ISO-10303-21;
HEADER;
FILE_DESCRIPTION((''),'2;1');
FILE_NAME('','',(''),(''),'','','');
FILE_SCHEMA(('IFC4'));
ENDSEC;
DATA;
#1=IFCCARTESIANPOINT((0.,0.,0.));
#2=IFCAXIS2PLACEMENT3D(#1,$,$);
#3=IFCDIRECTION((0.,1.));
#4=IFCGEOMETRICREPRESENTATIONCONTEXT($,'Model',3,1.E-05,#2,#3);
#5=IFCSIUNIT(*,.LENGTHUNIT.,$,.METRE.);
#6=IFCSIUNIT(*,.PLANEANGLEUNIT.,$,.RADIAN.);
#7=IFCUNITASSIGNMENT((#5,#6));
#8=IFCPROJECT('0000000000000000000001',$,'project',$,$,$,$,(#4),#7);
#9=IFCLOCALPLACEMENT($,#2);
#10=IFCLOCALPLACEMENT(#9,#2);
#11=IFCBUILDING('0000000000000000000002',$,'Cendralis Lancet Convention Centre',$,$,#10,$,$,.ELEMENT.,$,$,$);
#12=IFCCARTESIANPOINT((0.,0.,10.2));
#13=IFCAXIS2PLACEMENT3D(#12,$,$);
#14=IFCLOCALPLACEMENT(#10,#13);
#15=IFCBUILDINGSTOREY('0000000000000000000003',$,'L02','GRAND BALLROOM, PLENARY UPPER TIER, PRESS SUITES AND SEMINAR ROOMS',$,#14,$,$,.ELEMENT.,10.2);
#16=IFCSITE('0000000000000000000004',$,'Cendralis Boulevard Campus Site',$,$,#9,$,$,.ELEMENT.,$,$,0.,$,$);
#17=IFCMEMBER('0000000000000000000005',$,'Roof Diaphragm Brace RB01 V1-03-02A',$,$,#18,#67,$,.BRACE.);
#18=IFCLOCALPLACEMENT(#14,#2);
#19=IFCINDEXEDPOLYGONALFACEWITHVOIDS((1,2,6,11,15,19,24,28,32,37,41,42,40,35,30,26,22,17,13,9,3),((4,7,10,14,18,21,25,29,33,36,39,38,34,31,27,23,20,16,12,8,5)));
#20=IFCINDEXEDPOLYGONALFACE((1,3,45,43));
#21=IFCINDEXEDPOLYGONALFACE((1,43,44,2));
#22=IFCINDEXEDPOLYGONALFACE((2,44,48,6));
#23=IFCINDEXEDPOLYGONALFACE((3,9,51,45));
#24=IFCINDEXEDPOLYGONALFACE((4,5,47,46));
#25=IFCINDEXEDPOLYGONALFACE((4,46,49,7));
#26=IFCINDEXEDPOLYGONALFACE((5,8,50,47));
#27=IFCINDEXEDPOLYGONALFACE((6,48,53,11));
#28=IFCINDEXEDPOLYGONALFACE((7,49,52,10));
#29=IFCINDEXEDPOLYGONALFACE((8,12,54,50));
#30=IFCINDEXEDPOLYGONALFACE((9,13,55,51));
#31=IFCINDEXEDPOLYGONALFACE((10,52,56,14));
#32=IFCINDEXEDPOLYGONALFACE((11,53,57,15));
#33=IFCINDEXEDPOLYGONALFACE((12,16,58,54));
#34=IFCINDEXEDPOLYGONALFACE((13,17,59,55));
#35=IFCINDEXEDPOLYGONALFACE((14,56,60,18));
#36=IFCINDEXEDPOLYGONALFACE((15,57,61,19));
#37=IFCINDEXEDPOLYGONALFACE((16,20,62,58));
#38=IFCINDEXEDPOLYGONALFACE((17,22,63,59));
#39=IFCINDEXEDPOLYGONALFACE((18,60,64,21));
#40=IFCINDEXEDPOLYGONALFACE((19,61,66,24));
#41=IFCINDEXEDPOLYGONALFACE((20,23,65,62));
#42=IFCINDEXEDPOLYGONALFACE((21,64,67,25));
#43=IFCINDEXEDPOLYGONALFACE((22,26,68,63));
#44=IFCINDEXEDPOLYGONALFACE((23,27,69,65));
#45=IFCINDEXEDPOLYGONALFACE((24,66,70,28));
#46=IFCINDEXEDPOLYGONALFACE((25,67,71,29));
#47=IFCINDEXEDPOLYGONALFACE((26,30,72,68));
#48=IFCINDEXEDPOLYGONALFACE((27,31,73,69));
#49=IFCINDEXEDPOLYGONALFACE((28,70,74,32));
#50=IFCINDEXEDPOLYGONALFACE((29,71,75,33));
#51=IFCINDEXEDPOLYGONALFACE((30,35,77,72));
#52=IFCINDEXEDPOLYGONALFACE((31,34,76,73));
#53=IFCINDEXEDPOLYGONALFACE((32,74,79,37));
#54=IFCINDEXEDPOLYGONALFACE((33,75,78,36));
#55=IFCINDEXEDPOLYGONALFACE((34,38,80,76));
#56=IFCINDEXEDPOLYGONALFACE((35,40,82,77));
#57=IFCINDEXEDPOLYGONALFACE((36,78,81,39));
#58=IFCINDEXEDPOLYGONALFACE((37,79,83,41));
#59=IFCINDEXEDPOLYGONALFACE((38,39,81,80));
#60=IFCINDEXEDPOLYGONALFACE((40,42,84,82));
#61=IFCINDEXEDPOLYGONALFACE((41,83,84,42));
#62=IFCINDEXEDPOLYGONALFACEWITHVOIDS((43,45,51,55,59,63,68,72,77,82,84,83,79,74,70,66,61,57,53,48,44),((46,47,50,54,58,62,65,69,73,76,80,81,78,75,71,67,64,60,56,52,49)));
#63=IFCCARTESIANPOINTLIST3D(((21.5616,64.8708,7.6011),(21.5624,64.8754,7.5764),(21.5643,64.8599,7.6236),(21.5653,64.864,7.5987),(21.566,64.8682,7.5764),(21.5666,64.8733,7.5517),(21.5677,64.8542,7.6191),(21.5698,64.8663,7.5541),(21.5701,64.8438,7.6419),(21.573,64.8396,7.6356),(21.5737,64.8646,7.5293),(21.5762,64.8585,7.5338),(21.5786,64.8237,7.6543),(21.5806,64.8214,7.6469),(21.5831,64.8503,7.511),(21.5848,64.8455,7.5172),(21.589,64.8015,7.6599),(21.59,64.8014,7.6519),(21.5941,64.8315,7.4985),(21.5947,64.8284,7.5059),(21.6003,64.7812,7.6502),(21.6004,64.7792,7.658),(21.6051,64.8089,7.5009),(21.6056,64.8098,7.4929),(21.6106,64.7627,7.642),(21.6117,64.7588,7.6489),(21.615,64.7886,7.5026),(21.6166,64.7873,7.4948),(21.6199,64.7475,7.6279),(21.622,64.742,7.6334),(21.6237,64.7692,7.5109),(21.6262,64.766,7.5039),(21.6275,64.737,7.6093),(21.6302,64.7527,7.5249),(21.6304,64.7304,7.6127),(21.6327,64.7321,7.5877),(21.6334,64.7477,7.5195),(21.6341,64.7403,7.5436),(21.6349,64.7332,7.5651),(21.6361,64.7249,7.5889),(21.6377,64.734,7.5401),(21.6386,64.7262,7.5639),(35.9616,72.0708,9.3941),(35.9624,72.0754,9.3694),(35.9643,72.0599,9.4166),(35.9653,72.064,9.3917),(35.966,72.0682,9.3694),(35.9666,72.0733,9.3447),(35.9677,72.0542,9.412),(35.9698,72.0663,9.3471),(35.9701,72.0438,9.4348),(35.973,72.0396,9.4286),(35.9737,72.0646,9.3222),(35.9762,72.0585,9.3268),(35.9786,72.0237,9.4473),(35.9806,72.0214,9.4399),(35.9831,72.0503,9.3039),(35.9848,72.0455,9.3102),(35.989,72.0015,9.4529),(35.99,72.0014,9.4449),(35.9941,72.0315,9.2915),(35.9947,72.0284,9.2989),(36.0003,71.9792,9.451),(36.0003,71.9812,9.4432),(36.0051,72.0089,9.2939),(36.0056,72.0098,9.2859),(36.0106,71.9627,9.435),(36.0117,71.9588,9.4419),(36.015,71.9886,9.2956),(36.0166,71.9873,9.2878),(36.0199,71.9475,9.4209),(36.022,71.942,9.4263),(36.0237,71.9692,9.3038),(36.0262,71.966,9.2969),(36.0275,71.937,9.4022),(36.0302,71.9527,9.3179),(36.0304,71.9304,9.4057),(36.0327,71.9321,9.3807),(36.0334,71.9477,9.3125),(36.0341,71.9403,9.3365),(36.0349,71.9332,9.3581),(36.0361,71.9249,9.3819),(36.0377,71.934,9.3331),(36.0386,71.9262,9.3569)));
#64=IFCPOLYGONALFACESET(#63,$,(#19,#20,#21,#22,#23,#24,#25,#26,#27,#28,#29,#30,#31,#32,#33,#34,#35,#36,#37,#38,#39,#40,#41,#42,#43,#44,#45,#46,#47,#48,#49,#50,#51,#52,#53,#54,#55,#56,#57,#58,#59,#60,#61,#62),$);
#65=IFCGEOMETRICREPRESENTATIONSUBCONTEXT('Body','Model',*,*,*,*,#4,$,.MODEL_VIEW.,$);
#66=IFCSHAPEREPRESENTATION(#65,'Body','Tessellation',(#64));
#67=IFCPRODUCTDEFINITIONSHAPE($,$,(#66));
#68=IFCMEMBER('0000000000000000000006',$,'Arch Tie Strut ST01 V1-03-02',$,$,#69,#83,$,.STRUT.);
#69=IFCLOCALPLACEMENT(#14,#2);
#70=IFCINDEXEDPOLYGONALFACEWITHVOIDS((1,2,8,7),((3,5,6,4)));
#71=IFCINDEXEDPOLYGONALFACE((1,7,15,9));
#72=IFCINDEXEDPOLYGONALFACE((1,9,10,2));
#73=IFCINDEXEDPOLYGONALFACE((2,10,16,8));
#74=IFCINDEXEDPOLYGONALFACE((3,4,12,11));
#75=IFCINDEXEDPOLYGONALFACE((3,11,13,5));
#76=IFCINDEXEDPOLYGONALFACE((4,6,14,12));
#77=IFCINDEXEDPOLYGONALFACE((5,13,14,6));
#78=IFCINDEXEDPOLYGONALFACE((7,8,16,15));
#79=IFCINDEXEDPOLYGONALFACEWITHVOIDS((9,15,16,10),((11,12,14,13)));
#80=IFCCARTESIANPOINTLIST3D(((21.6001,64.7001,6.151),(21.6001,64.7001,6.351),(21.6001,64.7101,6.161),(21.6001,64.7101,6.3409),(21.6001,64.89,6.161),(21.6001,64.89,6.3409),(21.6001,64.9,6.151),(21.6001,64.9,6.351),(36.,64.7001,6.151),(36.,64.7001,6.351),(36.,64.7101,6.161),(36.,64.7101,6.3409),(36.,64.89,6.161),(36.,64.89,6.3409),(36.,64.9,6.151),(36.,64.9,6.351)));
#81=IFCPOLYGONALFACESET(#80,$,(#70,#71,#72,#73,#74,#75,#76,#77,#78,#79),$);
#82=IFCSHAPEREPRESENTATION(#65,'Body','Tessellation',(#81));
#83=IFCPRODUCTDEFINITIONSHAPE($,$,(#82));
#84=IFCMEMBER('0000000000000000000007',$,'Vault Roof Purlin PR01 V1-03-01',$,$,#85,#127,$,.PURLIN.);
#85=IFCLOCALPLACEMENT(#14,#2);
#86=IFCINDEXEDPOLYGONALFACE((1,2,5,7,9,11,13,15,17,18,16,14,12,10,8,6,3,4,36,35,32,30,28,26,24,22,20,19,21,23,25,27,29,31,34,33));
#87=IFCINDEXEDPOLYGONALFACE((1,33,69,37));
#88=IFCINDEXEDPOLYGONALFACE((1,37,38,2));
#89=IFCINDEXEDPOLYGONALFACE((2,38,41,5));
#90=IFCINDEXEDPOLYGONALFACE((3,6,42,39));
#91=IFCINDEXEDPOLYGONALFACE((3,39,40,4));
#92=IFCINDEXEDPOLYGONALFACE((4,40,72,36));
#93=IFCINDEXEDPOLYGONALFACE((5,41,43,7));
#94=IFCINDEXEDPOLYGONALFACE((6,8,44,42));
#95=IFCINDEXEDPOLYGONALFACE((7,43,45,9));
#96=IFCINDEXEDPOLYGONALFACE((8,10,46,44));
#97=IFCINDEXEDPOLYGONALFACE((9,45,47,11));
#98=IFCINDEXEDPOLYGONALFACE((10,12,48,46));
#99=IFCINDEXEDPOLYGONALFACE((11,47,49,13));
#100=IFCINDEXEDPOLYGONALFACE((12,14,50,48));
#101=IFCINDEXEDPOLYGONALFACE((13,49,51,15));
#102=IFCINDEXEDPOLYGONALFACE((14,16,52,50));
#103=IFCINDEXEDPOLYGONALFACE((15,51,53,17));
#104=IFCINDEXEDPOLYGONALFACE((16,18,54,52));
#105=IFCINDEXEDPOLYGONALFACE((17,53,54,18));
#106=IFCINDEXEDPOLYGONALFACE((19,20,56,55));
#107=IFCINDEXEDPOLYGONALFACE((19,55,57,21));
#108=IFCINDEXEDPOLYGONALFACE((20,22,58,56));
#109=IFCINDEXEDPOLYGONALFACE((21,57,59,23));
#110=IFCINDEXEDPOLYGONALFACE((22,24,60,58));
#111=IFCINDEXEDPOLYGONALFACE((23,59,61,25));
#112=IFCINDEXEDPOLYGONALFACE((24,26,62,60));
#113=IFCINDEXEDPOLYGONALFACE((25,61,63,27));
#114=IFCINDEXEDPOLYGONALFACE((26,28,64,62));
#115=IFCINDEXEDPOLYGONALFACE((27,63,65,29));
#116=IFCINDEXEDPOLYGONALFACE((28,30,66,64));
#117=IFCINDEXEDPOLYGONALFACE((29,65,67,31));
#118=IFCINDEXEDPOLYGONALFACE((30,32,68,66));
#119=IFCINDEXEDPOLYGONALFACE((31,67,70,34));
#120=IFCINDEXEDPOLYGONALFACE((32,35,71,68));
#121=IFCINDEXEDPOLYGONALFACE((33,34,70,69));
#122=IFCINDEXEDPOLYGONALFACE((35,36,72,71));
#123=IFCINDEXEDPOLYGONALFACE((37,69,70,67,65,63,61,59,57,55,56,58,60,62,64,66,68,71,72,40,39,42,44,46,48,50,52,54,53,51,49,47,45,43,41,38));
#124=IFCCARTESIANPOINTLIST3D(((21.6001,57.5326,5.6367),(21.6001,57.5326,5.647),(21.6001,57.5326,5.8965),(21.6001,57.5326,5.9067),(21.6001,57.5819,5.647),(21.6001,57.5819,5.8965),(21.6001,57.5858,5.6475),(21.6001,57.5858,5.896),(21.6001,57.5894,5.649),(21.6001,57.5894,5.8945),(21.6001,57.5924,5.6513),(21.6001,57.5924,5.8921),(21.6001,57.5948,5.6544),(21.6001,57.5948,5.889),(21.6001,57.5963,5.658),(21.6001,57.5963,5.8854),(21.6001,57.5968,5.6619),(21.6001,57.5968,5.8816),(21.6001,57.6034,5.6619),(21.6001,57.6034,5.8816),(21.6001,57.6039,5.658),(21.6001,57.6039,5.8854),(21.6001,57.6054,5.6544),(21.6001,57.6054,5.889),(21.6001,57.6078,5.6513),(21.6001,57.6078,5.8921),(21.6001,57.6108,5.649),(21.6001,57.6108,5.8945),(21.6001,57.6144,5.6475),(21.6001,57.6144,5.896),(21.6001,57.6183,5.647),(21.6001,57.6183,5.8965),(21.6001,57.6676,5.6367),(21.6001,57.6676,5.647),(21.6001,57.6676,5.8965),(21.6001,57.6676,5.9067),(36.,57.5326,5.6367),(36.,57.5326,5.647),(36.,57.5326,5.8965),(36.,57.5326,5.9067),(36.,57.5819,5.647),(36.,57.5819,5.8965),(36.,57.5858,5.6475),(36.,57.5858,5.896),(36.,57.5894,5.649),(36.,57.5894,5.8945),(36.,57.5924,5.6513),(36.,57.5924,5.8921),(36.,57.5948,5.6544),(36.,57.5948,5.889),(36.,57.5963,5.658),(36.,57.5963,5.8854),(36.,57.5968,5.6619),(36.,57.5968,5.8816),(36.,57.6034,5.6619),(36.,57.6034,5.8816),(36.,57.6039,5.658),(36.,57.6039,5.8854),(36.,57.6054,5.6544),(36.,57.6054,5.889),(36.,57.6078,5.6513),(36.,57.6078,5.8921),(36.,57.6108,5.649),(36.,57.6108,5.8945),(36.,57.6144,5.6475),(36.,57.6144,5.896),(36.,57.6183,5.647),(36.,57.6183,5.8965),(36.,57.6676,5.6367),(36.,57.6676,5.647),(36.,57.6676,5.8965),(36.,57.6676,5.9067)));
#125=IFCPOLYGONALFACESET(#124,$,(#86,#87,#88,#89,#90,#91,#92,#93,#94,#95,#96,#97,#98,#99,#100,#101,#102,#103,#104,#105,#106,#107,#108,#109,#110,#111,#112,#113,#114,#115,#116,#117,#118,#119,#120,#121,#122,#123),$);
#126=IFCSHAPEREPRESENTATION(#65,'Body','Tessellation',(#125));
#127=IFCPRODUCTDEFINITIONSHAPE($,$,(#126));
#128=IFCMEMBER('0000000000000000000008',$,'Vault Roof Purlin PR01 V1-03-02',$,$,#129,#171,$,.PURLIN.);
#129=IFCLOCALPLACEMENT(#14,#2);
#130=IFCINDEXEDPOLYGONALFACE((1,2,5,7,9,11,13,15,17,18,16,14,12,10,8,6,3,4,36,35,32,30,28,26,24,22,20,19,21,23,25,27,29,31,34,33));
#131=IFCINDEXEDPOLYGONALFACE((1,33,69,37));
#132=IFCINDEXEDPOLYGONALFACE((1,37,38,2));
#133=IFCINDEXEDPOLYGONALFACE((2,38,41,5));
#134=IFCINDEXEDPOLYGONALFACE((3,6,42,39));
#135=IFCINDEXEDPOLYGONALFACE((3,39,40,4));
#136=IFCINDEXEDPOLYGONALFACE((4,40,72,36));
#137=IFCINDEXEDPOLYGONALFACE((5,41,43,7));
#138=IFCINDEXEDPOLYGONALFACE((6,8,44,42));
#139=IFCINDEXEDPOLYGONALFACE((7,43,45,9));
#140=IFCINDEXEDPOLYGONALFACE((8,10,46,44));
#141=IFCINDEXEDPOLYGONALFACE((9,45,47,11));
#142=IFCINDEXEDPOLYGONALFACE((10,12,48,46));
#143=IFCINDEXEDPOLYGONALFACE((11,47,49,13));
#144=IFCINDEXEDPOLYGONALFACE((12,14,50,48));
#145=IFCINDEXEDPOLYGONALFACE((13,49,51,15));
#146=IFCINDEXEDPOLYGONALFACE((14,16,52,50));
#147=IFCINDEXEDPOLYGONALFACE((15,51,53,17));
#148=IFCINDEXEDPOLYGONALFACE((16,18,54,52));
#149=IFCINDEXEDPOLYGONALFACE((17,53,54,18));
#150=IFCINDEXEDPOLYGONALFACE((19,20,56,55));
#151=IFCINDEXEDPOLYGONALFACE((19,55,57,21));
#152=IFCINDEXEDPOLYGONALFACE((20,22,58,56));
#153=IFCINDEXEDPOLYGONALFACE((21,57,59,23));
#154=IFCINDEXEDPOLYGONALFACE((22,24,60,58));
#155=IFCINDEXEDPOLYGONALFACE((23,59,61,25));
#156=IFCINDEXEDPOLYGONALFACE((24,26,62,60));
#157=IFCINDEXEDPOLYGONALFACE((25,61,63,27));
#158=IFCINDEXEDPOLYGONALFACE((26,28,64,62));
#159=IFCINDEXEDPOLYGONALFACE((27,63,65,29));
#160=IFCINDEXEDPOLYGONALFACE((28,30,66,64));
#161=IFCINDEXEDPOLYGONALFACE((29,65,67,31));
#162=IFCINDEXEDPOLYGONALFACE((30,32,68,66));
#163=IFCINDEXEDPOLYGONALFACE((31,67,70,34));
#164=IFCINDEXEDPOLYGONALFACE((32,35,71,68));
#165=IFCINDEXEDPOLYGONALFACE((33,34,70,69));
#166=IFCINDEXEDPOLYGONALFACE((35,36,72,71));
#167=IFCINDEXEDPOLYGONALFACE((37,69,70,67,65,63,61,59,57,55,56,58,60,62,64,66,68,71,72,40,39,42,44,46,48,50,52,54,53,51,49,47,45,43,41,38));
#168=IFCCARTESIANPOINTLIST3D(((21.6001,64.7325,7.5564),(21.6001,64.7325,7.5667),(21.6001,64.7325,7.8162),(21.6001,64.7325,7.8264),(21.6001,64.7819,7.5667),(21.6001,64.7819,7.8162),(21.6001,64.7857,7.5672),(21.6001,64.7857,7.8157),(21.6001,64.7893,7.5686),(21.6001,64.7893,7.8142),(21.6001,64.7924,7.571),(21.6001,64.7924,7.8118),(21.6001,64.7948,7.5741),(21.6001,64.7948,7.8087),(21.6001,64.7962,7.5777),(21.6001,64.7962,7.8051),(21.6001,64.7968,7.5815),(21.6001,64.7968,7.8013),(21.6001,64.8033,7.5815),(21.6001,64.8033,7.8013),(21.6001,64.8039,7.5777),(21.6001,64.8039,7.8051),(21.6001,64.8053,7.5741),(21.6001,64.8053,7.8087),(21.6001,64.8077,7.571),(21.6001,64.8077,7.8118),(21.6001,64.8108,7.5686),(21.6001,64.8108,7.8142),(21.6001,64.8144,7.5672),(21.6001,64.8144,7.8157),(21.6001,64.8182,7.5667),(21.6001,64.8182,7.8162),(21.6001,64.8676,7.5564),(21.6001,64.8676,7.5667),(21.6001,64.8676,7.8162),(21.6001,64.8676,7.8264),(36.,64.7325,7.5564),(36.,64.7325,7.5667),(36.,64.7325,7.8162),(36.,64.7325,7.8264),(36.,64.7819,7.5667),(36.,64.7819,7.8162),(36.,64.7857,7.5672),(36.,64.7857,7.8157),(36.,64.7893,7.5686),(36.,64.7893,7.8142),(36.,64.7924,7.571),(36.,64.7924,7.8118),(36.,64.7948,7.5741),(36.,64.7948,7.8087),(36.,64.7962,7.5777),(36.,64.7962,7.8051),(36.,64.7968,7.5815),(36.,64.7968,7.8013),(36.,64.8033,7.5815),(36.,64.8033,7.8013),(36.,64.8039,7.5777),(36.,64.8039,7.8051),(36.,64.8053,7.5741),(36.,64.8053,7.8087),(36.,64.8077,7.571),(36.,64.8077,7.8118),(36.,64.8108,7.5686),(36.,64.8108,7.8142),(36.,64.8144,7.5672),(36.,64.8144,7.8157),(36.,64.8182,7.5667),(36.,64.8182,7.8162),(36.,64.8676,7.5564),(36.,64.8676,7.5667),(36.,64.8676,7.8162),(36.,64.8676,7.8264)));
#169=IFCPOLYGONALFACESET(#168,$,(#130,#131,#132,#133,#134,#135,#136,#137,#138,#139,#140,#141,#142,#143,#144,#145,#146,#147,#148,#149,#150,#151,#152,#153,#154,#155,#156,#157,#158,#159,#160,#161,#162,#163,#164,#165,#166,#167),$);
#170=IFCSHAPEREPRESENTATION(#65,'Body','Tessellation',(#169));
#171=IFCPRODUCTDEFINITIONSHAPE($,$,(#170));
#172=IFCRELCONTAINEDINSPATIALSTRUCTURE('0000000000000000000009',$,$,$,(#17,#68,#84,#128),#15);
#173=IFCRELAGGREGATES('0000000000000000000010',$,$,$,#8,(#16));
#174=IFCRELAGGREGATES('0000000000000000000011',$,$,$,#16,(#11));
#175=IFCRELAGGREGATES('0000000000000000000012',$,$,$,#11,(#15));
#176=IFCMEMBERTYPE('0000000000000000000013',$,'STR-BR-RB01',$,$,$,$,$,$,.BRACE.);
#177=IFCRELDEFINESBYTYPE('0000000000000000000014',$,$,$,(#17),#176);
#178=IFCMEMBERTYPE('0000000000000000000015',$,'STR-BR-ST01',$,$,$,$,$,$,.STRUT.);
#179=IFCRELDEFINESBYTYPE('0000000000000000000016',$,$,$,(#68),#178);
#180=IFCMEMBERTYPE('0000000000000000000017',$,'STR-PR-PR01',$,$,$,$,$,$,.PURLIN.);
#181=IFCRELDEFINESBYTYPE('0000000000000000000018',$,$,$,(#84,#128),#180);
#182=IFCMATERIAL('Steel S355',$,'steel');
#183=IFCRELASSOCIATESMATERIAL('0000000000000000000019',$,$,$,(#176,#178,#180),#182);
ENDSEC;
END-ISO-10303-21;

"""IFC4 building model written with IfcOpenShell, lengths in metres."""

from ifc_helpers import new_model, si_unit, direction, frame, origin, origin_2d, place, context, subcontext, project, spatial, hollow_rectangle, hollow_circle, i_section, extrude, material, material_profile, profile_set, type_object, element, save


model = new_model("IFC4")

# Units and contexts
model_context = context("Model", 3, precision=1e-05, world=origin(), true_north=direction((0.0, 1.0)))
body_context = subcontext(model_context, "Body", "Model", "MODEL_VIEW")
ifc_project = project(units=[si_unit("LENGTHUNIT", "METRE"), si_unit("PLANEANGLEUNIT", "RADIAN")], contexts=[model_context])

# Site, building, storey
site_placement = place(None, origin())
site = spatial("IfcSite", under=ifc_project, at=site_placement, Name="Cendralis Boulevard Campus Site", CompositionType="ELEMENT", RefElevation=0.0)
building_placement = place(site_placement, origin())
building = spatial("IfcBuilding", under=site, at=building_placement, Name="Cendralis Lancet Convention Centre", CompositionType="ELEMENT")
storey_placement = place(building_placement, frame((0.0, 0.0, 10.2)))
storey = spatial("IfcBuildingStorey", under=building, at=storey_placement, Name="L02", Description="GRAND BALLROOM, PLENARY UPPER TIER, PRESS SUITES AND SEMINAR ROOMS", CompositionType="ELEMENT", Elevation=10.2)

# Members
ifc_material = material(Name="Steel S355", Category="steel")
ifc_material_profile_1 = material_profile(ifc_material, hollow_circle(Radius=0.0842, WallThickness=0.0081, at=origin_2d()), Name="CHS 168.3x8.0")
ifc_profile_set_1 = profile_set([ifc_material_profile_1], Name="Steel S355")
member_type_1 = type_object("IfcMemberType", Name="STR-BR-RB01", PredefinedType="BRACE", material=ifc_profile_set_1)
member_1_placement = place(storey_placement, frame((21.6001, 64.8, 7.5764), z_axis=(0.888932, 0.444466, 0.110683), x_axis=(-0.447214, 0.894427, 0.0)))
element("IfcMember", 1, at=member_1_placement, inside=storey, type_object=member_type_1, Name="Roof Diaphragm Brace RB01 V1-03-02A", PredefinedType="BRACE", context=body_context, shape_type="SweptSolid", body=[
    extrude(hollow_circle(Radius=0.0842, WallThickness=0.0081, at=origin_2d()), origin(), (0.0, 0.0, 1.0), 16.1992),
])
ifc_material_profile_2 = material_profile(ifc_material, hollow_rectangle(XDim=0.2, YDim=0.2, WallThickness=0.01, at=origin_2d()), Name="SHS 200x200x10.0")
ifc_profile_set_2 = profile_set([ifc_material_profile_2], Name="Steel S355")
member_type_2 = type_object("IfcMemberType", Name="STR-BR-ST01", PredefinedType="STRUT", material=ifc_profile_set_2)
member_2_placement = place(storey_placement, frame((21.6001, 64.8, 6.251), z_axis=(1.0, 0.0, 0.0), x_axis=(0.0, 1.0, 0.0)))
element("IfcMember", 2, at=member_2_placement, inside=storey, type_object=member_type_2, Name="Arch Tie Strut ST01 V1-03-02", PredefinedType="STRUT", context=body_context, shape_type="SweptSolid", body=[
    extrude(hollow_rectangle(XDim=0.2, YDim=0.2, WallThickness=0.01, at=origin_2d()), origin(), (0.0, 0.0, 1.0), 14.3999),
])
ifc_material_profile_3 = material_profile(ifc_material, i_section(OverallWidth=0.135, OverallDepth=0.27, WebThickness=0.0066, FlangeThickness=0.0103, FilletRadius=0.0149, at=origin_2d()), Name="IPE 270")
ifc_profile_set_3 = profile_set([ifc_material_profile_3], Name="Steel S355")
member_type_3 = type_object("IfcMemberType", Name="STR-PR-PR01", PredefinedType="PURLIN", material=ifc_profile_set_3)
for number, where, z_axis, x_axis, name in (
    (3, (21.6001, 57.6001, 5.7717), (1.0, 0.0, 0.0), (0.0, 1.0, 0.0), "Vault Roof Purlin PR01 V1-03-01"),
    (4, (21.6001, 64.8, 7.6914), (1.0, 0.0, 0.0), (0.0, 1.0, 0.0), "Vault Roof Purlin PR01 V1-03-02"),
):
    element("IfcMember", number, at=place(storey_placement, frame(where, z_axis=z_axis, x_axis=x_axis)), inside=storey, type_object=member_type_3, Name=name, PredefinedType="PURLIN", context=body_context, shape_type="SweptSolid", body=[
        extrude(i_section(OverallWidth=0.135, OverallDepth=0.27, WebThickness=0.0066, FlangeThickness=0.0103, FilletRadius=0.0149, at=origin_2d()), origin(), (0.0, 0.0, 1.0), 14.3999),
    ])

save(model, "model.ifc")
